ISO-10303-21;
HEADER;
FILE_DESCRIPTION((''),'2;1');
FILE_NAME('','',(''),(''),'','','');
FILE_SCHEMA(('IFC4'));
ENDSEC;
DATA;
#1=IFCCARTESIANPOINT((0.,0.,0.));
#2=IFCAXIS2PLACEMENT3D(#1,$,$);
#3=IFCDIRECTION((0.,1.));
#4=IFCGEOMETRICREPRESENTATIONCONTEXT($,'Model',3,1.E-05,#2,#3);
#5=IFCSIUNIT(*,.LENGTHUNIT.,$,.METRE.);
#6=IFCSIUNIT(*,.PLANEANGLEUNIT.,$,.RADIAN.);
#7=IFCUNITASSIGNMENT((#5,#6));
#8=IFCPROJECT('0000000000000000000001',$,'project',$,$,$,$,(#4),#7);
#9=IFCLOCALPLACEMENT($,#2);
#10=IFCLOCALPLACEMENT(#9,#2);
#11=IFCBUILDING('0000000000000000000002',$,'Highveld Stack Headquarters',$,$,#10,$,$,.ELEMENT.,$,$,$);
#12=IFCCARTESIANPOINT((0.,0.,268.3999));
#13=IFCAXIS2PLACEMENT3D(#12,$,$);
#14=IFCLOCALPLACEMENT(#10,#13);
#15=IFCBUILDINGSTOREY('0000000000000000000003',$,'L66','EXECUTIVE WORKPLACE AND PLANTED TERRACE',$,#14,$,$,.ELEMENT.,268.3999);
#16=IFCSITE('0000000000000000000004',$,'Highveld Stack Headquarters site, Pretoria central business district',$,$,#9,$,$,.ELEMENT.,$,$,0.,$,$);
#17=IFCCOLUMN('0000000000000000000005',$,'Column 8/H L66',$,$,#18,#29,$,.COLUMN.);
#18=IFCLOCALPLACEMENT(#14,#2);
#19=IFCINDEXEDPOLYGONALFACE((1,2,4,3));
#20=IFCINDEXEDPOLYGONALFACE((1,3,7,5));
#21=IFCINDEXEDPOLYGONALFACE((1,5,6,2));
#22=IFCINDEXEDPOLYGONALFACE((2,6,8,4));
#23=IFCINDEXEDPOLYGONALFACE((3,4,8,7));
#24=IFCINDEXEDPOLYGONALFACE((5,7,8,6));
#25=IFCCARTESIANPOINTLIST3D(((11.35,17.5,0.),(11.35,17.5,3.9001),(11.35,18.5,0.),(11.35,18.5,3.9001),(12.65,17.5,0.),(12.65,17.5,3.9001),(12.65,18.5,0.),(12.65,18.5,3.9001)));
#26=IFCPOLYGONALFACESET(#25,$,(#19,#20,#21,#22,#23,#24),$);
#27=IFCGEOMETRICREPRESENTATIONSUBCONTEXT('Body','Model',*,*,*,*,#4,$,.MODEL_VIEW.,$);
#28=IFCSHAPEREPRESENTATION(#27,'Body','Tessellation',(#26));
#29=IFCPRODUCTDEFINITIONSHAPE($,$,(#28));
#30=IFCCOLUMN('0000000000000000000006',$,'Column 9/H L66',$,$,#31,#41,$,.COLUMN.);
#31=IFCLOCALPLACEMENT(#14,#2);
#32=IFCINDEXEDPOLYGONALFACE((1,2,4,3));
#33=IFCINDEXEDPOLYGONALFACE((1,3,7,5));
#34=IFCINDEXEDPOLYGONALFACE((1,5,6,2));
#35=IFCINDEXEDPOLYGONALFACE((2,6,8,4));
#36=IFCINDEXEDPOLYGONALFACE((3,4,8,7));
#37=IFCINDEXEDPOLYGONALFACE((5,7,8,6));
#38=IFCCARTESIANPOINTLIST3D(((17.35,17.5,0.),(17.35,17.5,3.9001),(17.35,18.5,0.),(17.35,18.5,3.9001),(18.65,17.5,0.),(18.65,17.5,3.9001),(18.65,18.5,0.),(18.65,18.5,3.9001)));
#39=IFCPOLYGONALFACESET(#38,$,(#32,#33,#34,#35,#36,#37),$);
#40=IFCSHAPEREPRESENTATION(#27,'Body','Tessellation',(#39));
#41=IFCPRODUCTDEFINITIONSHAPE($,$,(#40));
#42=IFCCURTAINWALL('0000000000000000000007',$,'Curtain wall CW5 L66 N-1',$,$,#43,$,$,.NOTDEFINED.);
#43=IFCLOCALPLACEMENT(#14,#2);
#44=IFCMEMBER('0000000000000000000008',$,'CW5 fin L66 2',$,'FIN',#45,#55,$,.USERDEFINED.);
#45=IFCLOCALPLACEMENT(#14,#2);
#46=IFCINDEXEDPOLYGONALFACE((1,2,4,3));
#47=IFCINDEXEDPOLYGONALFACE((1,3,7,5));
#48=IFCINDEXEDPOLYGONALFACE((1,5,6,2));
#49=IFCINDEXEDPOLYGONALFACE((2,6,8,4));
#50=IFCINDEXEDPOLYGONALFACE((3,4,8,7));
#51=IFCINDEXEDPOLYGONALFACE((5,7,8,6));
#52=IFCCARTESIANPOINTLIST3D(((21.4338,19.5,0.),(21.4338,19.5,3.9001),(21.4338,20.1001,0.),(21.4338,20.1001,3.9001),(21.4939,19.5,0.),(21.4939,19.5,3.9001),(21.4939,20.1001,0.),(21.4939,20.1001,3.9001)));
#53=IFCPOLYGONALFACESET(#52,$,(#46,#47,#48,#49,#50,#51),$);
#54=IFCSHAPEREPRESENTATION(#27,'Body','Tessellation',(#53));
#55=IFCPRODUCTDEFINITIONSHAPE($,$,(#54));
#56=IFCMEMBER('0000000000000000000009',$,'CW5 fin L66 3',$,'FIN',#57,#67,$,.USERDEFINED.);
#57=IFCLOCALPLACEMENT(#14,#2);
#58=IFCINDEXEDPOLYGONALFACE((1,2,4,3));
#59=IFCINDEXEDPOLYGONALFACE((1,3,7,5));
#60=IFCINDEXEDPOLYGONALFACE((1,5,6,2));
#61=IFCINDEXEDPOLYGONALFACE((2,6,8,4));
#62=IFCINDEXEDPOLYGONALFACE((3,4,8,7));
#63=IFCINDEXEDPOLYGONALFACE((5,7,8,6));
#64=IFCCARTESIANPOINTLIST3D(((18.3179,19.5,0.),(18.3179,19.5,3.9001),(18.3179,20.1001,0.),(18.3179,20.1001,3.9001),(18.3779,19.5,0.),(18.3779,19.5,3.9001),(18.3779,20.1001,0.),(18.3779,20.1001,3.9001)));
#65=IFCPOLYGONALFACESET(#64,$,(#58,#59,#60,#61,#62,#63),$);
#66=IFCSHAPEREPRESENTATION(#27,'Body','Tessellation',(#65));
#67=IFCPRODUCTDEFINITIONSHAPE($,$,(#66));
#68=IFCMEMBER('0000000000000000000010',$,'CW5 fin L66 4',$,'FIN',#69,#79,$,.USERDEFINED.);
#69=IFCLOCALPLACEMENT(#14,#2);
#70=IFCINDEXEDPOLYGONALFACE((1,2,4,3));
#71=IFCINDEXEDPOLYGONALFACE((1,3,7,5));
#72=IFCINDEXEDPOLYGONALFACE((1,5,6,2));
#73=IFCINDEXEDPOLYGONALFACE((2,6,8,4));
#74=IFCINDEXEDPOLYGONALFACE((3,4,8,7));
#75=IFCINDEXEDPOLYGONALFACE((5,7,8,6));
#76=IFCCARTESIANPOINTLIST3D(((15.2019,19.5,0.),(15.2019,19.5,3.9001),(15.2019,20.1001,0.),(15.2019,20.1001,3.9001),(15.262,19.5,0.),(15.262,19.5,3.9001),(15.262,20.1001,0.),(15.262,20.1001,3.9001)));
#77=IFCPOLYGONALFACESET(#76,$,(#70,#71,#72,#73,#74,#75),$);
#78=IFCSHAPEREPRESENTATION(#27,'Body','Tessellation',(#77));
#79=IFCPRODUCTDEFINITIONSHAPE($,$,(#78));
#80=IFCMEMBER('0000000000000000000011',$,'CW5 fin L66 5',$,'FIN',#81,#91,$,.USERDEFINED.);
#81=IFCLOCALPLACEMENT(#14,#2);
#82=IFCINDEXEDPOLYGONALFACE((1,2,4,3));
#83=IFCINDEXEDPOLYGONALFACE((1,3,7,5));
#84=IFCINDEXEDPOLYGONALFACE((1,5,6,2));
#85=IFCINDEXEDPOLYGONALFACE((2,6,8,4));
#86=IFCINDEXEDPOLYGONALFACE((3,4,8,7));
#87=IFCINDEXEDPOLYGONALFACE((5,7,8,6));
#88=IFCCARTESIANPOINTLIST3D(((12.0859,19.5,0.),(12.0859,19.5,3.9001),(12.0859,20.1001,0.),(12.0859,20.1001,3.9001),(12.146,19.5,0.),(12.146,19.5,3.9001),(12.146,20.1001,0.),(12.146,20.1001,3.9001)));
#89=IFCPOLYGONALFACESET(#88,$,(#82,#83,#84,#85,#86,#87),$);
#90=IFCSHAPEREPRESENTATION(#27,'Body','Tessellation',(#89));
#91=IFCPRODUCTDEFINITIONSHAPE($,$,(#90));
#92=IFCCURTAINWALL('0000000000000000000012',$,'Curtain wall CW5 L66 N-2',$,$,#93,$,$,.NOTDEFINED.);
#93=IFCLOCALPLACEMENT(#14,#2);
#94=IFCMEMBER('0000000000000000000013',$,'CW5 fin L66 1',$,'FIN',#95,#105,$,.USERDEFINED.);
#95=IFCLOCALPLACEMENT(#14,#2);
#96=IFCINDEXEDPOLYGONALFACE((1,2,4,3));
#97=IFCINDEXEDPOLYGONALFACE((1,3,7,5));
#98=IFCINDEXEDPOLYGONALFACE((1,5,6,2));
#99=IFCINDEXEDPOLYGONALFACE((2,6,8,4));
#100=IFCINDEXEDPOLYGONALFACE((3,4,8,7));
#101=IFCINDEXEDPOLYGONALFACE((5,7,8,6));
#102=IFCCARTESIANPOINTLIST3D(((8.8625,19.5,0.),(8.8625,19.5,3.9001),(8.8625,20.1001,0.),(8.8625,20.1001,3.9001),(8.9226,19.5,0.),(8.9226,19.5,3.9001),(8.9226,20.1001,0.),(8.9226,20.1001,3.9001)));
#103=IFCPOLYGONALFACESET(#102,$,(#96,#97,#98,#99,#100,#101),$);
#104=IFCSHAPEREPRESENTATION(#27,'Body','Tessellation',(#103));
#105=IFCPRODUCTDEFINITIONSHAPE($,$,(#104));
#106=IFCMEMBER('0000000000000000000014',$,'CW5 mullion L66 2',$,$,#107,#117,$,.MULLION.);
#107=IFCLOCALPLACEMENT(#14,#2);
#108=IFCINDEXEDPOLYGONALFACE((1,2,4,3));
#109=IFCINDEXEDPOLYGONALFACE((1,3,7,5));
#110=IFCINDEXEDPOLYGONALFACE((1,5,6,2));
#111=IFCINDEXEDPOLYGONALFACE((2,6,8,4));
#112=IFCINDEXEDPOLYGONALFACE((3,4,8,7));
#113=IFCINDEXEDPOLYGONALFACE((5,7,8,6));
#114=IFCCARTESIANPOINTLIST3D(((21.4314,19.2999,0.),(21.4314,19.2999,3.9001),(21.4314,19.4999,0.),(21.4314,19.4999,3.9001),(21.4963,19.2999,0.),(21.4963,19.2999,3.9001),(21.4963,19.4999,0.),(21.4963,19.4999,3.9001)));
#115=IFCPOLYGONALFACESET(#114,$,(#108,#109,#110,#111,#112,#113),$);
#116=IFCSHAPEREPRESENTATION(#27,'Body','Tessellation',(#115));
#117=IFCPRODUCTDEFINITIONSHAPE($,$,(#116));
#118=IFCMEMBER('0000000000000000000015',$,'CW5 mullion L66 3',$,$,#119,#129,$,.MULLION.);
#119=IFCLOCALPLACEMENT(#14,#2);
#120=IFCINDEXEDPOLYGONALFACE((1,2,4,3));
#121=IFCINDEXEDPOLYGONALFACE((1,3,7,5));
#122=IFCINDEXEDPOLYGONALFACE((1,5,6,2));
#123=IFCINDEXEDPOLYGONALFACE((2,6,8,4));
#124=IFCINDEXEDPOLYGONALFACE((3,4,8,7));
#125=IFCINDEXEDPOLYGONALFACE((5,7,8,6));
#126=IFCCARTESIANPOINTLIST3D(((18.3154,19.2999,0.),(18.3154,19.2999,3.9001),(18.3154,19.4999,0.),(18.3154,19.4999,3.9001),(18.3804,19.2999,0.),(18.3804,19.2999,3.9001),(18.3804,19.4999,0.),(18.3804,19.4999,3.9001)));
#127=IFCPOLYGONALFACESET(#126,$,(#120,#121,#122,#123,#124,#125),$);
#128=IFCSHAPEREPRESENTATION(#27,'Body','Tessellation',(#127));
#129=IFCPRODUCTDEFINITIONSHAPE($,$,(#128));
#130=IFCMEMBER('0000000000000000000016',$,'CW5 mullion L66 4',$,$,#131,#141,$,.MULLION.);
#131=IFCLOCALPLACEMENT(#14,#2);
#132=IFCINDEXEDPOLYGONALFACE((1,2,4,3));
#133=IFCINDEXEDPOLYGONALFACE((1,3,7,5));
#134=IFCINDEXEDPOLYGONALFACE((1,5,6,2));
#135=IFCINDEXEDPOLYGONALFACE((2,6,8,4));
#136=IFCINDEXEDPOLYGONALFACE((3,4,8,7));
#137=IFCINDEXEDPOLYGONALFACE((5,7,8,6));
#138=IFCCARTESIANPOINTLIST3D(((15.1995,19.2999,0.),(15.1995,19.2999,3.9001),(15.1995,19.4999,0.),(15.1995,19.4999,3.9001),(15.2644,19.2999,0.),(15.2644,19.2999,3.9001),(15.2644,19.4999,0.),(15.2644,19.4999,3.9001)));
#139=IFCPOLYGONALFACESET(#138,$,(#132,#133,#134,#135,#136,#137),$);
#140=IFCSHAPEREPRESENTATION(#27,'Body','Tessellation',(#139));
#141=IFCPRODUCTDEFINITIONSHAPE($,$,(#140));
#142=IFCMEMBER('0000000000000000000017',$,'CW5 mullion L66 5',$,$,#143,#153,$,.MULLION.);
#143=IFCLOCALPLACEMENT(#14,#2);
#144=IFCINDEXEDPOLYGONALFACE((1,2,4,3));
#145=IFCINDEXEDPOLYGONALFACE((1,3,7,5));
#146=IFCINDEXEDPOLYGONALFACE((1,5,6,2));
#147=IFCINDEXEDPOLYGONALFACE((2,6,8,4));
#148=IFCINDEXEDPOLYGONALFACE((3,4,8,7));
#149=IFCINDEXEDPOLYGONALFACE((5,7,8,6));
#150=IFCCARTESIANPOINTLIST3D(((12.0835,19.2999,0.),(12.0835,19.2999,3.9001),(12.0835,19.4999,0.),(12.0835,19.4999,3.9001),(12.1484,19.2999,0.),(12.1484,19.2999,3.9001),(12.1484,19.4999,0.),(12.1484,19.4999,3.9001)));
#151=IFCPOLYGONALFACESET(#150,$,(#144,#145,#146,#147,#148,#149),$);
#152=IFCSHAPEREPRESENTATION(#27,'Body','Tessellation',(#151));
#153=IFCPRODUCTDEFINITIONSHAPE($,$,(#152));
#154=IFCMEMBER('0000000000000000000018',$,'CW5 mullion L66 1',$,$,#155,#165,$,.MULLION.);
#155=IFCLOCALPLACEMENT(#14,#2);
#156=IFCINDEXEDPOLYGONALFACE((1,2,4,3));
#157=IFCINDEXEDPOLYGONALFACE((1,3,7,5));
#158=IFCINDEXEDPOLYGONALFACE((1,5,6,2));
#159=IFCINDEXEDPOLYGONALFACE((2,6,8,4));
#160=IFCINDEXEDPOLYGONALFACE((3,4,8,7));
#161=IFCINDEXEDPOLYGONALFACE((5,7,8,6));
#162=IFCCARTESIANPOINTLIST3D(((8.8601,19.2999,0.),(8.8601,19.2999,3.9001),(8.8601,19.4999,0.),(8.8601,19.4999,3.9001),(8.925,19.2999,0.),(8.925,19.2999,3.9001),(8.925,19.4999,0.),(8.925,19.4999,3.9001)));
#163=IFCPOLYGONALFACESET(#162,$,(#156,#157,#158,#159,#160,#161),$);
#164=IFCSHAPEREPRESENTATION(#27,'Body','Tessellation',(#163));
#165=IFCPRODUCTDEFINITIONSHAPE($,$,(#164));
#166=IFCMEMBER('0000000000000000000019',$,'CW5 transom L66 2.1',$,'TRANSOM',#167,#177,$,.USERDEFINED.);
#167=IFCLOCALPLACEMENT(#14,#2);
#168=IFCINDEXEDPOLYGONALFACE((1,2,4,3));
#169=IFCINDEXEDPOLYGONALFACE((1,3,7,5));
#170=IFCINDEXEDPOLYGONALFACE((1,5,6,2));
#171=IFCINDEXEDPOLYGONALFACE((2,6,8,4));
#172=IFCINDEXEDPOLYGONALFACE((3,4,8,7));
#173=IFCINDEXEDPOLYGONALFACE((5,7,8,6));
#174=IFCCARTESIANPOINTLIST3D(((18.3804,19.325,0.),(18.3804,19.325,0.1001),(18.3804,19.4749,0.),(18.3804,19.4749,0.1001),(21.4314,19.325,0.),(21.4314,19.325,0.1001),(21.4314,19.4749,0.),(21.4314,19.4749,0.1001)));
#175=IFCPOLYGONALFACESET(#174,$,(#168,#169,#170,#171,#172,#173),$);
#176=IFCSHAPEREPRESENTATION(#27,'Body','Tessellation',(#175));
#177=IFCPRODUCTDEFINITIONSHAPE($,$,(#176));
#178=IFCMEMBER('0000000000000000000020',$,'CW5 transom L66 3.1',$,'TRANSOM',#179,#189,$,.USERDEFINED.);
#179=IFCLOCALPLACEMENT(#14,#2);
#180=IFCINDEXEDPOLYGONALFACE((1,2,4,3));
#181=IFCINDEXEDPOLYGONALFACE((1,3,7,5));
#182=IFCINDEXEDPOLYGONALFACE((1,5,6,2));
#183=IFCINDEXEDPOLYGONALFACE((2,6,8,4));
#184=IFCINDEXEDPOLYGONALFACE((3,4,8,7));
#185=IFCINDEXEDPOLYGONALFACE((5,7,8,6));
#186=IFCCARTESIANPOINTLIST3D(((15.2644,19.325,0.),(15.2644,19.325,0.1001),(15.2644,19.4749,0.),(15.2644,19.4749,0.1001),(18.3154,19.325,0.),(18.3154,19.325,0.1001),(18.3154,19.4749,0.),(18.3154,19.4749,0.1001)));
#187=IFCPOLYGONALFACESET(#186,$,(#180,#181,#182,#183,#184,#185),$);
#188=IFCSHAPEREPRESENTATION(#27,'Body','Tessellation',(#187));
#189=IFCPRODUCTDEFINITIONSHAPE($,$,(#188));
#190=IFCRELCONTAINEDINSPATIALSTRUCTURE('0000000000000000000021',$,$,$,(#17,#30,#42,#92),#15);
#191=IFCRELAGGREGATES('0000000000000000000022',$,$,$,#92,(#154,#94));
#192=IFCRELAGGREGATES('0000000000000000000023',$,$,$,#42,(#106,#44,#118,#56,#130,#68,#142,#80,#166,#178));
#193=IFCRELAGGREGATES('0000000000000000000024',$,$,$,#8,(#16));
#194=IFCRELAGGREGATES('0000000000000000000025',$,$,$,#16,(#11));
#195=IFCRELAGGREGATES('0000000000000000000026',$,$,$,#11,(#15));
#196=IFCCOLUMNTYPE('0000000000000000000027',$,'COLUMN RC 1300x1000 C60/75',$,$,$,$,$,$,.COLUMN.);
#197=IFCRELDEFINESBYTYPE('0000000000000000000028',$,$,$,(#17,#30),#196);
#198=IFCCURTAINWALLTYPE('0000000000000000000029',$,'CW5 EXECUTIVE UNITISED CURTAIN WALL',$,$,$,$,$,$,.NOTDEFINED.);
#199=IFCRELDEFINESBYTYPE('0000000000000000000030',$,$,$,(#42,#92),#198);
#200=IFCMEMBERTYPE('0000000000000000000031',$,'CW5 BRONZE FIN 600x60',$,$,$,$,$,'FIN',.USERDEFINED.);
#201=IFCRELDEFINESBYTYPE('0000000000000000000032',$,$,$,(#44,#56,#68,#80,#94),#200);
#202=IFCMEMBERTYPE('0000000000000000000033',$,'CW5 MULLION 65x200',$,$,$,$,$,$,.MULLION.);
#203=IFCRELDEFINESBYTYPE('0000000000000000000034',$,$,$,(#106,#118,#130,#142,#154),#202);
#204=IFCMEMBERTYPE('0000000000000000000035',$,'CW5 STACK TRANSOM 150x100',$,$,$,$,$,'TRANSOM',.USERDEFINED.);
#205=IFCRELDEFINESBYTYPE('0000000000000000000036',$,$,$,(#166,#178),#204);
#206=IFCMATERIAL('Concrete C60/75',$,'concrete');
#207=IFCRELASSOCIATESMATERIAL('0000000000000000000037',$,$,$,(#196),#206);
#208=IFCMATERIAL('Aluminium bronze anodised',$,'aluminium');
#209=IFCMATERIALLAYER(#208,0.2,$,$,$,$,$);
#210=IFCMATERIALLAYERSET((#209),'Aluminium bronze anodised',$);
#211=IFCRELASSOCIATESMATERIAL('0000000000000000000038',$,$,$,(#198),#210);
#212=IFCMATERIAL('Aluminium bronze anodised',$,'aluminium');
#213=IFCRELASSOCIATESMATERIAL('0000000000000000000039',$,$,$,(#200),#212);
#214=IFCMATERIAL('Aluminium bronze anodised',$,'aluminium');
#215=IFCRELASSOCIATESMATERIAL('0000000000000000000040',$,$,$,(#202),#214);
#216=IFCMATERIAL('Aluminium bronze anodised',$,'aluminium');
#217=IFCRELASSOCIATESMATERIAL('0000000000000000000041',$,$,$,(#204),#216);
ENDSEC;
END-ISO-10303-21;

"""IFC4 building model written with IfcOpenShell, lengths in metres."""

from ifc_helpers import new_model, si_unit, direction, frame, origin, origin_2d, place, context, subcontext, project, spatial, rectangle, extrude, material, layer, layer_set, material_profile, profile_set, type_object, element, aggregate, save


model = new_model("IFC4")

# Units and contexts
model_context = context("Model", 3, precision=1e-05, world=origin(), true_north=direction((0.0, 1.0)))
body_context = subcontext(model_context, "Body", "Model", "MODEL_VIEW")
ifc_project = project(units=[si_unit("LENGTHUNIT", "METRE"), si_unit("PLANEANGLEUNIT", "RADIAN")], contexts=[model_context])

# Site, building, storey
site_placement = place(None, origin())
site = spatial("IfcSite", under=ifc_project, at=site_placement, Name="Highveld Stack Headquarters site, Pretoria central business district", CompositionType="ELEMENT", RefElevation=0.0)
building_placement = place(site_placement, origin())
building = spatial("IfcBuilding", under=site, at=building_placement, Name="Highveld Stack Headquarters", CompositionType="ELEMENT")
storey_placement = place(building_placement, frame((0.0, 0.0, 268.3999)))
storey = spatial("IfcBuildingStorey", under=building, at=storey_placement, Name="L66", Description="EXECUTIVE WORKPLACE AND PLANTED TERRACE", CompositionType="ELEMENT", Elevation=268.3999)

# Columns
ifc_material_1 = material(Name="Concrete C60/75", Category="concrete")
ifc_material_profile_1 = material_profile(ifc_material_1, rectangle(XDim=1.3, YDim=1.0, at=origin_2d()), Name="RC 1300x1000")
ifc_profile_set_1 = profile_set([ifc_material_profile_1], Name="Concrete C60/75")
column_type = type_object("IfcColumnType", Name="COLUMN RC 1300x1000 C60/75", PredefinedType="COLUMN", material=ifc_profile_set_1)
for number, where, z_axis, x_axis, name in (
    (1, (12.0, 18.0, 0.0), (0.0, 0.0, 1.0), (1.0, 0.0, 0.0), "Column 8/H L66"),
    (2, (18.0, 18.0, 0.0), (0.0, 0.0, 1.0), (1.0, 0.0, 0.0), "Column 9/H L66"),
):
    element("IfcColumn", number, at=place(storey_placement, frame(where, z_axis=z_axis, x_axis=x_axis)), inside=storey, type_object=column_type, Name=name, PredefinedType="COLUMN", context=body_context, shape_type="SweptSolid", body=[
        extrude(rectangle(XDim=1.3, YDim=1.0, at=origin_2d()), origin(), (0.0, 0.0, 1.0), 3.9001),
    ])

# Curtain wall, members
ifc_material_2 = material(Name="Aluminium bronze anodised", Category="aluminium")
ifc_layer_1 = layer(ifc_material_2, 0.2)
ifc_layer_set_1 = layer_set([ifc_layer_1], Name="Aluminium bronze anodised")
curtain_wall_type = type_object("IfcCurtainWallType", Name="CW5 EXECUTIVE UNITISED CURTAIN WALL", PredefinedType="NOTDEFINED", material=ifc_layer_set_1)
curtain_wall_1_placement = place(storey_placement, origin())
curtain_wall_1 = element("IfcCurtainWall", 3, at=curtain_wall_1_placement, inside=storey, type_object=curtain_wall_type, Name="Curtain wall CW5 L66 N-1", PredefinedType="NOTDEFINED")
ifc_material_3 = material(Name="Aluminium bronze anodised", Category="aluminium")
ifc_material_profile_2 = material_profile(ifc_material_3, rectangle(XDim=0.6001, YDim=0.0601, at=origin_2d()), Name="FIN 600x60")
ifc_profile_set_2 = profile_set([ifc_material_profile_2], Name="Aluminium bronze anodised")
member_type_1 = type_object("IfcMemberType", Name="CW5 BRONZE FIN 600x60", ElementType="FIN", PredefinedType="USERDEFINED", material=ifc_profile_set_2)
member_1_placement = place(storey_placement, frame((21.4639, 19.8, 0.0), z_axis=(0.0, 0.0, 1.0), x_axis=(0.0, -1.0, 0.0)))
member_1 = element("IfcMember", 4, at=member_1_placement, type_object=member_type_1, Name="CW5 fin L66 2", ObjectType="FIN", PredefinedType="USERDEFINED", context=body_context, shape_type="SweptSolid", body=[
    extrude(rectangle(XDim=0.6001, YDim=0.0601, at=origin_2d()), origin(), (0.0, 0.0, 1.0), 3.9001),
])
member_2_placement = place(storey_placement, frame((18.3479, 19.8, 0.0), z_axis=(0.0, 0.0, 1.0), x_axis=(0.0, -1.0, 0.0)))
member_2 = element("IfcMember", 5, at=member_2_placement, type_object=member_type_1, Name="CW5 fin L66 3", ObjectType="FIN", PredefinedType="USERDEFINED", context=body_context, shape_type="SweptSolid", body=[
    extrude(rectangle(XDim=0.6001, YDim=0.0601, at=origin_2d()), origin(), (0.0, 0.0, 1.0), 3.9001),
])
member_3_placement = place(storey_placement, frame((15.2319, 19.8, 0.0), z_axis=(0.0, 0.0, 1.0), x_axis=(0.0, -1.0, 0.0)))
member_3 = element("IfcMember", 6, at=member_3_placement, type_object=member_type_1, Name="CW5 fin L66 4", ObjectType="FIN", PredefinedType="USERDEFINED", context=body_context, shape_type="SweptSolid", body=[
    extrude(rectangle(XDim=0.6001, YDim=0.0601, at=origin_2d()), origin(), (0.0, 0.0, 1.0), 3.9001),
])
member_4_placement = place(storey_placement, frame((12.116, 19.8, 0.0), z_axis=(0.0, 0.0, 1.0), x_axis=(0.0, -1.0, 0.0)))
member_4 = element("IfcMember", 7, at=member_4_placement, type_object=member_type_1, Name="CW5 fin L66 5", ObjectType="FIN", PredefinedType="USERDEFINED", context=body_context, shape_type="SweptSolid", body=[
    extrude(rectangle(XDim=0.6001, YDim=0.0601, at=origin_2d()), origin(), (0.0, 0.0, 1.0), 3.9001),
])

# Curtain wall, member
curtain_wall_2_placement = place(storey_placement, origin())
curtain_wall_2 = element("IfcCurtainWall", 8, at=curtain_wall_2_placement, inside=storey, type_object=curtain_wall_type, Name="Curtain wall CW5 L66 N-2", PredefinedType="NOTDEFINED")
member_5_placement = place(storey_placement, frame((8.8926, 19.8, 0.0), z_axis=(0.0, 0.0, 1.0), x_axis=(0.0, -1.0, 0.0)))
member_5 = element("IfcMember", 9, at=member_5_placement, type_object=member_type_1, Name="CW5 fin L66 1", ObjectType="FIN", PredefinedType="USERDEFINED", context=body_context, shape_type="SweptSolid", body=[
    extrude(rectangle(XDim=0.6001, YDim=0.0601, at=origin_2d()), origin(), (0.0, 0.0, 1.0), 3.9001),
])

# Members
ifc_material_4 = material(Name="Aluminium bronze anodised", Category="aluminium")
ifc_material_profile_3 = material_profile(ifc_material_4, rectangle(XDim=0.2, YDim=0.0649, at=origin_2d()), Name="CW5 MULLION 65x200")
ifc_profile_set_3 = profile_set([ifc_material_profile_3], Name="Aluminium bronze anodised")
member_type_2 = type_object("IfcMemberType", Name="CW5 MULLION 65x200", PredefinedType="MULLION", material=ifc_profile_set_3)
member_6_placement = place(storey_placement, frame((21.4639, 19.3999, 0.0), z_axis=(0.0, 0.0, 1.0), x_axis=(0.0, -1.0, 0.0)))
member_6 = element("IfcMember", 10, at=member_6_placement, type_object=member_type_2, Name="CW5 mullion L66 2", PredefinedType="MULLION", context=body_context, shape_type="SweptSolid", body=[
    extrude(rectangle(XDim=0.2, YDim=0.0649, at=origin_2d()), origin(), (0.0, 0.0, 1.0), 3.9001),
])
member_7_placement = place(storey_placement, frame((18.3479, 19.3999, 0.0), z_axis=(0.0, 0.0, 1.0), x_axis=(0.0, -1.0, 0.0)))
member_7 = element("IfcMember", 11, at=member_7_placement, type_object=member_type_2, Name="CW5 mullion L66 3", PredefinedType="MULLION", context=body_context, shape_type="SweptSolid", body=[
    extrude(rectangle(XDim=0.2, YDim=0.0649, at=origin_2d()), origin(), (0.0, 0.0, 1.0), 3.9001),
])
member_8_placement = place(storey_placement, frame((15.2319, 19.3999, 0.0), z_axis=(0.0, 0.0, 1.0), x_axis=(0.0, -1.0, 0.0)))
member_8 = element("IfcMember", 12, at=member_8_placement, type_object=member_type_2, Name="CW5 mullion L66 4", PredefinedType="MULLION", context=body_context, shape_type="SweptSolid", body=[
    extrude(rectangle(XDim=0.2, YDim=0.0649, at=origin_2d()), origin(), (0.0, 0.0, 1.0), 3.9001),
])
member_9_placement = place(storey_placement, frame((12.116, 19.3999, 0.0), z_axis=(0.0, 0.0, 1.0), x_axis=(0.0, -1.0, 0.0)))
member_9 = element("IfcMember", 13, at=member_9_placement, type_object=member_type_2, Name="CW5 mullion L66 5", PredefinedType="MULLION", context=body_context, shape_type="SweptSolid", body=[
    extrude(rectangle(XDim=0.2, YDim=0.0649, at=origin_2d()), origin(), (0.0, 0.0, 1.0), 3.9001),
])
member_10_placement = place(storey_placement, frame((8.8926, 19.3999, 0.0), z_axis=(0.0, 0.0, 1.0), x_axis=(0.0, -1.0, 0.0)))
member_10 = element("IfcMember", 14, at=member_10_placement, type_object=member_type_2, Name="CW5 mullion L66 1", PredefinedType="MULLION", context=body_context, shape_type="SweptSolid", body=[
    extrude(rectangle(XDim=0.2, YDim=0.0649, at=origin_2d()), origin(), (0.0, 0.0, 1.0), 3.9001),
])
aggregate(curtain_wall_2, [member_10, member_5])
ifc_material_5 = material(Name="Aluminium bronze anodised", Category="aluminium")
ifc_material_profile_4 = material_profile(ifc_material_5, rectangle(XDim=0.1499, YDim=0.1001, at=origin_2d()), Name="CW5 TRANSOM 150x100")
ifc_profile_set_4 = profile_set([ifc_material_profile_4], Name="Aluminium bronze anodised")
member_type_3 = type_object("IfcMemberType", Name="CW5 STACK TRANSOM 150x100", ElementType="TRANSOM", PredefinedType="USERDEFINED", material=ifc_profile_set_4)
member_11_placement = place(storey_placement, frame((21.4314, 19.3999, 0.05), z_axis=(-1.0, 0.0, 0.0), x_axis=(0.0, -1.0, 0.0)))
member_11 = element("IfcMember", 15, at=member_11_placement, type_object=member_type_3, Name="CW5 transom L66 2.1", ObjectType="TRANSOM", PredefinedType="USERDEFINED", context=body_context, shape_type="SweptSolid", body=[
    extrude(rectangle(XDim=0.1499, YDim=0.1001, at=origin_2d()), origin(), (0.0, 0.0, 1.0), 3.051),
])
member_12_placement = place(storey_placement, frame((18.3154, 19.3999, 0.05), z_axis=(-1.0, 0.0, 0.0), x_axis=(0.0, -1.0, 0.0)))
member_12 = element("IfcMember", 16, at=member_12_placement, type_object=member_type_3, Name="CW5 transom L66 3.1", ObjectType="TRANSOM", PredefinedType="USERDEFINED", context=body_context, shape_type="SweptSolid", body=[
    extrude(rectangle(XDim=0.1499, YDim=0.1001, at=origin_2d()), origin(), (0.0, 0.0, 1.0), 3.051),
])

aggregate(curtain_wall_1, [member_6, member_1, member_7, member_2, member_8, member_3, member_9, member_4, member_11, member_12])

save(model, "model.ifc")
